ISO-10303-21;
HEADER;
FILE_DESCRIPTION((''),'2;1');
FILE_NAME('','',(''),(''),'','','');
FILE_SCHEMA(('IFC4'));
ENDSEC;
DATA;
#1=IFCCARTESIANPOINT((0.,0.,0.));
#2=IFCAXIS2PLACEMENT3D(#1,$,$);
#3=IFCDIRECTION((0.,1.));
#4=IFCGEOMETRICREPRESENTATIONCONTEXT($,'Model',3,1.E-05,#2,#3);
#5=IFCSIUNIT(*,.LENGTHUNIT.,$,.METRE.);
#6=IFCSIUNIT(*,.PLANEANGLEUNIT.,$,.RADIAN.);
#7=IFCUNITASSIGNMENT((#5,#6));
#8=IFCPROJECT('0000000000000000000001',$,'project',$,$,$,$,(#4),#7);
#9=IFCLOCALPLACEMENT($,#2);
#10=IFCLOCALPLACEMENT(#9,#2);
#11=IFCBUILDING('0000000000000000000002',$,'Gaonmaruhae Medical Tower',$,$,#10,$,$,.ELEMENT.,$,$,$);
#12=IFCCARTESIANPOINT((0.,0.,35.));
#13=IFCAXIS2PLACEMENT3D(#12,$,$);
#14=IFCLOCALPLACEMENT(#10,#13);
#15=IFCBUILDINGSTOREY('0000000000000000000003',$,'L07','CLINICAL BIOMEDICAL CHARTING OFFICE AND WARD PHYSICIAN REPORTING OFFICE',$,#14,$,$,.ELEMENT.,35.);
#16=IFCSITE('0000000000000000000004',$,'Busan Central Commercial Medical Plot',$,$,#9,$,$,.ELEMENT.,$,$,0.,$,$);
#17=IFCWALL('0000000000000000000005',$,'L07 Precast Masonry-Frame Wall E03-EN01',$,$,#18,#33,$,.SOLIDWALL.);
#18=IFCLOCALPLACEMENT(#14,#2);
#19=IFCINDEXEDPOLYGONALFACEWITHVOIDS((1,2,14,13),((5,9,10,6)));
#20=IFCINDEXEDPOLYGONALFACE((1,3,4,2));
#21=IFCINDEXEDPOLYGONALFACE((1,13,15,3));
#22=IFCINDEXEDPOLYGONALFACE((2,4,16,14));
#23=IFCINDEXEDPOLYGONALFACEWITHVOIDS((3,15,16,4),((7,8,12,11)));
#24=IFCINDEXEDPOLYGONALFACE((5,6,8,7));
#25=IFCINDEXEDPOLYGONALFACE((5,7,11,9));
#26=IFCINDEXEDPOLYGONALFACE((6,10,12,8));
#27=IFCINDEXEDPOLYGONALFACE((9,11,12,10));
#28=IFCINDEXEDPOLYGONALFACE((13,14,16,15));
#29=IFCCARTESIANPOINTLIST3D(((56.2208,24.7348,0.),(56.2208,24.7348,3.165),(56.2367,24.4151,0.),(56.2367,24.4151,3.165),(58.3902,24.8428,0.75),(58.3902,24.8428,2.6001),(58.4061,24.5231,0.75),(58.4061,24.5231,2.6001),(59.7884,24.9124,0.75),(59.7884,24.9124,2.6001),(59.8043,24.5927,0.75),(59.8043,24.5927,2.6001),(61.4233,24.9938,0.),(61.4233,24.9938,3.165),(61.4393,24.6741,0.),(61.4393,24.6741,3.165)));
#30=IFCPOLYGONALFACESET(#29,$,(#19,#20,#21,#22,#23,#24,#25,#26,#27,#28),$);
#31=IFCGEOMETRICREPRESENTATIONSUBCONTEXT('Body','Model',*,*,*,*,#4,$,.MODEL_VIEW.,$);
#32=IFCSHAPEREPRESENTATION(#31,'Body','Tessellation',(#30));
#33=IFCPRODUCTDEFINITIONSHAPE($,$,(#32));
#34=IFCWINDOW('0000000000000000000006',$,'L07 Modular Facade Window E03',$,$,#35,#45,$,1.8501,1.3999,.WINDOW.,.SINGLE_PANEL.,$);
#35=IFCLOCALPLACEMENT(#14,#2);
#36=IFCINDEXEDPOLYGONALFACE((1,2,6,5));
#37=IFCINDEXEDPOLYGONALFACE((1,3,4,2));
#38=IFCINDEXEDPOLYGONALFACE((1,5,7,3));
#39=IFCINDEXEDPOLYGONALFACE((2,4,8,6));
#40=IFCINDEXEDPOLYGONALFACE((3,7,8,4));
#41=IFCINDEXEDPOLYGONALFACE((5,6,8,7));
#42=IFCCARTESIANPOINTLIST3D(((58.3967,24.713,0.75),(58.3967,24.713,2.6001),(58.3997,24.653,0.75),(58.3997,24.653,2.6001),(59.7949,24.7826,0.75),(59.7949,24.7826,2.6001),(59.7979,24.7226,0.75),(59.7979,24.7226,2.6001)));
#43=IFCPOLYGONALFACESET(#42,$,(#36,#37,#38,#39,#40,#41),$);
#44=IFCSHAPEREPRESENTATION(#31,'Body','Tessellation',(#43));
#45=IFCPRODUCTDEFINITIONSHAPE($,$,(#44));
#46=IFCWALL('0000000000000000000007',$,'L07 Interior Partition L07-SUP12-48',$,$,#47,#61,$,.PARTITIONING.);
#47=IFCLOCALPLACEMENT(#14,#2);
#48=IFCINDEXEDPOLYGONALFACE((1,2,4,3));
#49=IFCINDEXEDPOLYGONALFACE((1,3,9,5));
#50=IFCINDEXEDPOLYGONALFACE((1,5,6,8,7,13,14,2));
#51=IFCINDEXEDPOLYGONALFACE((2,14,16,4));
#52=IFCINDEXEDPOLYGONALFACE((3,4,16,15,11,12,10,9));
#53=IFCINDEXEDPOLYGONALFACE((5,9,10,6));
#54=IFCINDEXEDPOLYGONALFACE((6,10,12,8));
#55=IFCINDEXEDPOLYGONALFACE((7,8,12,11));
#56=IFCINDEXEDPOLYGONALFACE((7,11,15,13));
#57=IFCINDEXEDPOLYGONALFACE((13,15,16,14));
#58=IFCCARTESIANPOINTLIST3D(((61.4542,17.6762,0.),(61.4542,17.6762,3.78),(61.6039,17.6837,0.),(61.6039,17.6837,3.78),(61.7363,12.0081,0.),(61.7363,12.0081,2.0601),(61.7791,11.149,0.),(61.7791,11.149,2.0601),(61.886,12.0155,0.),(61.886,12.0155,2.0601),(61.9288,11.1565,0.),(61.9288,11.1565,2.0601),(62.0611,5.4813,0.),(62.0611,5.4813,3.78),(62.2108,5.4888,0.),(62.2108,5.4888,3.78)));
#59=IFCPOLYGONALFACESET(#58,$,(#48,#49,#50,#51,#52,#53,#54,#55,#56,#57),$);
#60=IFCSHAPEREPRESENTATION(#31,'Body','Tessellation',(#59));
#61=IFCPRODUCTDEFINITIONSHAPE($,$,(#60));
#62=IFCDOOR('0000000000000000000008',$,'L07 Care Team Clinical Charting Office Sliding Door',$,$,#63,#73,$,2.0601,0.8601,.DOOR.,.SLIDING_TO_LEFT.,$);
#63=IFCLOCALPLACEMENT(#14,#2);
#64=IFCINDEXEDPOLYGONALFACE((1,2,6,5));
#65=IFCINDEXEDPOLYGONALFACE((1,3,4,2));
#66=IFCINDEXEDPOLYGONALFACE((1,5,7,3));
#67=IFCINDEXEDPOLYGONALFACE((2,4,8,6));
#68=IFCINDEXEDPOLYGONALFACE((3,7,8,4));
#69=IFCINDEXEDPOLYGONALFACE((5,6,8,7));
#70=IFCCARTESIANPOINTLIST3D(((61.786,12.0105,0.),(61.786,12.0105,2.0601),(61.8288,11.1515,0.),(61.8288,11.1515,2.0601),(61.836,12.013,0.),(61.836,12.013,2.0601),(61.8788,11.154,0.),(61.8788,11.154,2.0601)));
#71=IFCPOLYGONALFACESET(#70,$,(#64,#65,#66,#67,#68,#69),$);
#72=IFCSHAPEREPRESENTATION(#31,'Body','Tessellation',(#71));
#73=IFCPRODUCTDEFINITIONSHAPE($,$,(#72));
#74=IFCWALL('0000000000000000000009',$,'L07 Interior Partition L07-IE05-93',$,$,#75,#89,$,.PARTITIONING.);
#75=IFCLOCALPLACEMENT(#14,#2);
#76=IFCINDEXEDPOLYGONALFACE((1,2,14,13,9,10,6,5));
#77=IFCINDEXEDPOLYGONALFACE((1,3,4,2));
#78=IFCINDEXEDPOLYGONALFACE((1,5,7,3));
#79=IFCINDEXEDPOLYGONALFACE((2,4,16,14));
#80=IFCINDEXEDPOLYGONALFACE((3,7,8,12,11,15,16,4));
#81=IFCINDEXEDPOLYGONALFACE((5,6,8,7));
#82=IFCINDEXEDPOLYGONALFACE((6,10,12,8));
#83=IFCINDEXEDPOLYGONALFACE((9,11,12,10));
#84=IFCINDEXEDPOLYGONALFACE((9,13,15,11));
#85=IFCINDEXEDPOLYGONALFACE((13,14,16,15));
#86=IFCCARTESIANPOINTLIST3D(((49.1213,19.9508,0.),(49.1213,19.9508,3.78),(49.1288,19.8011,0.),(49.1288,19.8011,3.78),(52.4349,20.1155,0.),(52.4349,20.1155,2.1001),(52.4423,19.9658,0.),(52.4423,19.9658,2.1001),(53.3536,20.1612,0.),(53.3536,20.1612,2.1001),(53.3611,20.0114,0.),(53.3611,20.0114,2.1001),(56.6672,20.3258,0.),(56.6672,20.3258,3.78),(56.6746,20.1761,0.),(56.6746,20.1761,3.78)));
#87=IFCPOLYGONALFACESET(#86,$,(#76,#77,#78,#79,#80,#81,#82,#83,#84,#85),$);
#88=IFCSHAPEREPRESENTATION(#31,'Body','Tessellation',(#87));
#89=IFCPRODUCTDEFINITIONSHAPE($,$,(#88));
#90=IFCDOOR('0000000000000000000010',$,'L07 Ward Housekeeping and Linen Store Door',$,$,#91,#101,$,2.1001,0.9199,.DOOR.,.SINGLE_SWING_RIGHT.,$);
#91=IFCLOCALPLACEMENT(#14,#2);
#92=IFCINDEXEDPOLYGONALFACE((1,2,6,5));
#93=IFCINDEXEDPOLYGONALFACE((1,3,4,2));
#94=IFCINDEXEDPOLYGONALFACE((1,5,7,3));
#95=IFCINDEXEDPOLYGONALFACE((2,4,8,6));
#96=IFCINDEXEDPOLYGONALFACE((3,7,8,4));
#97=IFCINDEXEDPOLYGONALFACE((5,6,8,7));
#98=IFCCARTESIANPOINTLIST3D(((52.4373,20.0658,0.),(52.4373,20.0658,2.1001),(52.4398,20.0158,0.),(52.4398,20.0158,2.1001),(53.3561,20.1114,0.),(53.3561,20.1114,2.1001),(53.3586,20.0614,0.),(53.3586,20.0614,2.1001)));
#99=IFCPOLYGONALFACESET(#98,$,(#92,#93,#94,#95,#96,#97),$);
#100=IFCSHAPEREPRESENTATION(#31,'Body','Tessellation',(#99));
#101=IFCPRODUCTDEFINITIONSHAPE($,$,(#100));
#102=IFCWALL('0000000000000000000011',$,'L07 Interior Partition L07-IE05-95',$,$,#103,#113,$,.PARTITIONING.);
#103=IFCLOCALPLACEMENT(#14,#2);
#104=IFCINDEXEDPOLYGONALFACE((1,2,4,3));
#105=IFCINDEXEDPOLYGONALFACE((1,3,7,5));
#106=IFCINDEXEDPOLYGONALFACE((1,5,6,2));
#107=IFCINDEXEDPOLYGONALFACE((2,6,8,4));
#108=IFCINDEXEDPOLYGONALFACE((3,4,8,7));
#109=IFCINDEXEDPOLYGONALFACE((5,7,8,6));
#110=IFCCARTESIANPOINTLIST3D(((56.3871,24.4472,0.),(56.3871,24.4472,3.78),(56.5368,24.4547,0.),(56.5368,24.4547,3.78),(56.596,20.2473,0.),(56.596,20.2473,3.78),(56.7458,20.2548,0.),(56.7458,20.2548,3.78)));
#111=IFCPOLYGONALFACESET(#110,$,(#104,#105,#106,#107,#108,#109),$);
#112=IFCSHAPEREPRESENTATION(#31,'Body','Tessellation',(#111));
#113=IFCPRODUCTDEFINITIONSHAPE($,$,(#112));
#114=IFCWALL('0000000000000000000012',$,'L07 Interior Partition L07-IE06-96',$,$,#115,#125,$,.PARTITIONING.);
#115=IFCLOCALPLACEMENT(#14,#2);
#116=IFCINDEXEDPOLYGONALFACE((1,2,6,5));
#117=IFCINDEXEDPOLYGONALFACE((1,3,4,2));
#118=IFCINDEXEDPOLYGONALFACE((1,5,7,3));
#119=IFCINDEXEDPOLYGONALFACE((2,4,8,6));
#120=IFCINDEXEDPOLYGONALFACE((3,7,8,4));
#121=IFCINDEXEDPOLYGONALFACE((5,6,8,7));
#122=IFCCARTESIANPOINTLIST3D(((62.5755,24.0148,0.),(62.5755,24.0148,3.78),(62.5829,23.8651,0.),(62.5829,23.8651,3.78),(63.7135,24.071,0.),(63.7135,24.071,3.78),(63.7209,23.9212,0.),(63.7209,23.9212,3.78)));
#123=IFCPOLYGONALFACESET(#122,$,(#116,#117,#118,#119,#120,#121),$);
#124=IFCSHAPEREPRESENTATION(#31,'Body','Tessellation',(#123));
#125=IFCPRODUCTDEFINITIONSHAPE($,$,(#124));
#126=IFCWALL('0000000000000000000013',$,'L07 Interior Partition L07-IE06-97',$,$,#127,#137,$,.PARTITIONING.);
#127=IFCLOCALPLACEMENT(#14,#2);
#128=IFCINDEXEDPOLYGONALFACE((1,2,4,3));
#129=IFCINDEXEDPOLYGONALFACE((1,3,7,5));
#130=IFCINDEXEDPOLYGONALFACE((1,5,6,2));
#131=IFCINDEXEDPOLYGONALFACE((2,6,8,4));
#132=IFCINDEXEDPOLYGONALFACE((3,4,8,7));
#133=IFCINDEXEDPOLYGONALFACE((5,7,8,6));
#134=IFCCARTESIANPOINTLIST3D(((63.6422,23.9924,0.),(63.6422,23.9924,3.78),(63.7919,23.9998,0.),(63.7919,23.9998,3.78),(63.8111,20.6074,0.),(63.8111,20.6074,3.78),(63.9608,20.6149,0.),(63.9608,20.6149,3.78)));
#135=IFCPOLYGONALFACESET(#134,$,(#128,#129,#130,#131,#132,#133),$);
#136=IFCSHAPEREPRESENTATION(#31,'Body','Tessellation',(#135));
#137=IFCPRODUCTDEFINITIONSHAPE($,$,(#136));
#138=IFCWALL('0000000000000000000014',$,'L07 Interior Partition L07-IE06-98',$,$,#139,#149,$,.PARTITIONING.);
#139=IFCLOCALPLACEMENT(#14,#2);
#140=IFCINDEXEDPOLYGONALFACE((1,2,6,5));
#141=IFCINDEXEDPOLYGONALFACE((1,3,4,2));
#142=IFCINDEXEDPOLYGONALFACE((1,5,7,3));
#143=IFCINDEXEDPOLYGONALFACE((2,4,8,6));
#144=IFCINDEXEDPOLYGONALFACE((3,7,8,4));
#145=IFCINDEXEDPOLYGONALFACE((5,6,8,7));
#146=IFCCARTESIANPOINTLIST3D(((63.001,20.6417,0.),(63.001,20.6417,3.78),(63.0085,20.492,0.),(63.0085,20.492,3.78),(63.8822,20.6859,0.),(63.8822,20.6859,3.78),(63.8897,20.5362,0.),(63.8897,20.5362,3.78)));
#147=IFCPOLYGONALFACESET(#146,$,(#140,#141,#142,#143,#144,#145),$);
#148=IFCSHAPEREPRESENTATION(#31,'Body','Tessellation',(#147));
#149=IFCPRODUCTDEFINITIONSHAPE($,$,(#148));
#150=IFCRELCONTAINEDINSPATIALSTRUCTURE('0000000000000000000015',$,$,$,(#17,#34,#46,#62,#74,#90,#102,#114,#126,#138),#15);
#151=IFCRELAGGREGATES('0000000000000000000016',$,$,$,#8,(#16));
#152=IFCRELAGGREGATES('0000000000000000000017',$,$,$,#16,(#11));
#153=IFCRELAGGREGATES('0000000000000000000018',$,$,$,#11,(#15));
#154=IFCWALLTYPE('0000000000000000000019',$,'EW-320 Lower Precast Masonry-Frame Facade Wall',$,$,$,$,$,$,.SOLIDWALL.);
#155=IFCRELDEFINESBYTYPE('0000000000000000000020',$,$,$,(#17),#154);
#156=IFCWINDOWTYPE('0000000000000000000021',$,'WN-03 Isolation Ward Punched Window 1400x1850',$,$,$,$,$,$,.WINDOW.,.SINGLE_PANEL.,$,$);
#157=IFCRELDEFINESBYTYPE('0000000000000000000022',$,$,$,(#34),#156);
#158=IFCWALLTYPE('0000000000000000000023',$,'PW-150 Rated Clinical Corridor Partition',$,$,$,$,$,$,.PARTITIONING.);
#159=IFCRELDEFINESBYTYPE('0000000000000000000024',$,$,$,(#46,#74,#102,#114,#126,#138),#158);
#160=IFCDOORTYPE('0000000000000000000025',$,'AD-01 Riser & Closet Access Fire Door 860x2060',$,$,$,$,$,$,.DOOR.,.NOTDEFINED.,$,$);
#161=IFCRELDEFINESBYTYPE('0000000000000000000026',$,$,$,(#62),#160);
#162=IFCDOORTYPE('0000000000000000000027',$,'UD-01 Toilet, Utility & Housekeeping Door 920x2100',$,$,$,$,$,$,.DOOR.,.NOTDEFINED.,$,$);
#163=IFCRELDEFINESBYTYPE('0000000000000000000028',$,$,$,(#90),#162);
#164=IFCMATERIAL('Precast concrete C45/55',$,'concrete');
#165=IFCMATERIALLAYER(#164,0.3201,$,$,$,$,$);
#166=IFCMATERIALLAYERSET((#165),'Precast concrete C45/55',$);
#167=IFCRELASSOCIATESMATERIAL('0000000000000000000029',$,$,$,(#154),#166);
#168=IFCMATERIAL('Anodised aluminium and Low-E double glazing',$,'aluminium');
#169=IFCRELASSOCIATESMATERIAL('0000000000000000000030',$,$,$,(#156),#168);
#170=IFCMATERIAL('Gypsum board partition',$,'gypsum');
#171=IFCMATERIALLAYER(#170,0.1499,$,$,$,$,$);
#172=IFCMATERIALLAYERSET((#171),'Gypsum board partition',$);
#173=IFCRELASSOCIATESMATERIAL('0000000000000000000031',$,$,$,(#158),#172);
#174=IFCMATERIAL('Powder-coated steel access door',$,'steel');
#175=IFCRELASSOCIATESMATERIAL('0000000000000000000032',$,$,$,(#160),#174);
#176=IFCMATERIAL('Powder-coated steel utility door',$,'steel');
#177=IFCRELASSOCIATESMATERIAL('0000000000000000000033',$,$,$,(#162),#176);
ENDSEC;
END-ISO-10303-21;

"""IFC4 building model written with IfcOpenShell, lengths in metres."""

from ifc_helpers import new_model, si_unit, direction, frame, frame_2d, origin, place, context, subcontext, project, spatial, rectangle, extrude, material, layer, layer_set, type_object, element, fill, save


model = new_model("IFC4")

# Units and contexts
model_context = context("Model", 3, precision=1e-05, world=origin(), true_north=direction((0.0, 1.0)))
body_context = subcontext(model_context, "Body", "Model", "MODEL_VIEW")
ifc_project = project(units=[si_unit("LENGTHUNIT", "METRE"), si_unit("PLANEANGLEUNIT", "RADIAN")], contexts=[model_context])

# Site, building, storey
site_placement = place(None, origin())
site = spatial("IfcSite", under=ifc_project, at=site_placement, Name="Busan Central Commercial Medical Plot", CompositionType="ELEMENT", RefElevation=0.0)
building_placement = place(site_placement, origin())
building = spatial("IfcBuilding", under=site, at=building_placement, Name="Gaonmaruhae Medical Tower", CompositionType="ELEMENT")
storey_placement = place(building_placement, frame((0.0, 0.0, 35.0)))
storey = spatial("IfcBuildingStorey", under=building, at=storey_placement, Name="L07", Description="CLINICAL BIOMEDICAL CHARTING OFFICE AND WARD PHYSICIAN REPORTING OFFICE", CompositionType="ELEMENT", Elevation=35.0)

# Shared definitions
ifc_material_1 = material(Name="Precast concrete C45/55", Category="concrete")
ifc_layer_1 = layer(ifc_material_1, 0.3201)
ifc_layer_set_1 = layer_set([ifc_layer_1], Name="Precast concrete C45/55")
wall_type_1 = type_object("IfcWallType", Name="EW-320 Lower Precast Masonry-Frame Facade Wall", PredefinedType="SOLIDWALL", material=ifc_layer_set_1)

# Wall, opening, window
wall_1_placement = place(storey_placement, frame((56.2288, 24.575, 0.0), z_axis=(0.0, 0.0, 1.0), x_axis=(0.998763, 0.049727, 0.0)))
wall_1 = element("IfcWall", 1, at=wall_1_placement, inside=storey, type_object=wall_type_1, Name="L07 Precast Masonry-Frame Wall E03-EN01", PredefinedType="SOLIDWALL", context=body_context, shape_type="SweptSolid", body=[
    extrude(rectangle(XDim=5.209, YDim=0.3201, at=frame_2d((2.6045, 0.0))), origin(), (0.0, 0.0, 1.0), 3.165),
])
opening_1_placement = place(wall_1_placement, frame((2.1721, 0.0, 0.75)))
opening_1 = element("IfcOpeningElement", 2, at=opening_1_placement, cuts=wall_1, PredefinedType="OPENING", context=body_context, shape_type="SweptSolid", body=[
    extrude(rectangle(XDim=1.3999, YDim=1.8501, at=frame_2d((0.7, 0.925))), frame((0.0, 0.1699, 0.0), z_axis=(0.0, -1.0, 0.0), x_axis=(1.0, 0.0, 0.0)), (0.0, 0.0, 1.0), 0.3401),
])
ifc_material_2 = material(Name="Anodised aluminium and Low-E double glazing", Category="aluminium")
window_type = type_object("IfcWindowType", Name="WN-03 Isolation Ward Punched Window 1400x1850", PartitioningType="SINGLE_PANEL", PredefinedType="WINDOW", material=ifc_material_2)
window_placement = place(opening_1_placement, origin())
window = element("IfcWindow", 3, at=window_placement, inside=storey, type_object=window_type, Name="L07 Modular Facade Window E03", OverallHeight=1.8501, OverallWidth=1.3999, PartitioningType="SINGLE_PANEL", PredefinedType="WINDOW", context=body_context, shape_type="SweptSolid", body=[
    extrude(rectangle(XDim=1.3999, YDim=1.8501, at=frame_2d((0.7, 0.925))), frame((0.0, 0.03, 0.0), z_axis=(0.0, -1.0, 0.0), x_axis=(1.0, 0.0, 0.0)), (0.0, 0.0, 1.0), 0.0601),
])
fill(opening_1, window)

# Walls, openings, doors
ifc_material_3 = material(Name="Gypsum board partition", Category="gypsum")
ifc_layer_2 = layer(ifc_material_3, 0.1499)
ifc_layer_set_2 = layer_set([ifc_layer_2], Name="Gypsum board partition")
wall_type_2 = type_object("IfcWallType", Name="PW-150 Rated Clinical Corridor Partition", PredefinedType="PARTITIONING", material=ifc_layer_set_2)
wall_2_placement = place(storey_placement, frame((61.5291, 17.6799, 0.0), z_axis=(0.0, 0.0, 1.0), x_axis=(0.049708, -0.998764, 0.0)))
wall_2 = element("IfcWall", 4, at=wall_2_placement, inside=storey, type_object=wall_type_2, Name="L07 Interior Partition L07-SUP12-48", PredefinedType="PARTITIONING", context=body_context, shape_type="SweptSolid", body=[
    extrude(rectangle(XDim=12.21, YDim=0.1499, at=frame_2d((6.105, 0.0))), origin(), (0.0, 0.0, 1.0), 3.78),
])
opening_2_placement = place(wall_2_placement, frame((5.675, 0.0, 0.0)))
opening_2 = element("IfcOpeningElement", 5, at=opening_2_placement, cuts=wall_2, PredefinedType="OPENING", context=body_context, shape_type="SweptSolid", body=[
    extrude(rectangle(XDim=0.8601, YDim=2.0601, at=frame_2d((0.4302, 1.03))), frame((0.0, 0.085, 0.0), z_axis=(0.0, -1.0, 0.0), x_axis=(1.0, 0.0, 0.0)), (0.0, 0.0, 1.0), 0.1699),
])
ifc_material_4 = material(Name="Powder-coated steel access door", Category="steel")
door_type_1 = type_object("IfcDoorType", Name="AD-01 Riser & Closet Access Fire Door 860x2060", OperationType="NOTDEFINED", PredefinedType="DOOR", material=ifc_material_4)
door_1_placement = place(opening_2_placement, origin())
door_1 = element("IfcDoor", 6, at=door_1_placement, inside=storey, type_object=door_type_1, Name="L07 Care Team Clinical Charting Office Sliding Door", OperationType="SLIDING_TO_LEFT", OverallHeight=2.0601, OverallWidth=0.8601, PredefinedType="DOOR", context=body_context, shape_type="SweptSolid", body=[
    extrude(rectangle(XDim=0.8601, YDim=2.0601, at=frame_2d((0.4302, 1.03))), frame((0.0, 0.0249, 0.0), z_axis=(0.0, -1.0, 0.0), x_axis=(1.0, 0.0, 0.0)), (0.0, 0.0, 1.0), 0.05),
])
fill(opening_2, door_1)
wall_3_placement = place(storey_placement, frame((56.6709, 20.251, 0.0), z_axis=(0.0, 0.0, 1.0), x_axis=(-0.998767, -0.049635, 0.0)))
wall_3 = element("IfcWall", 7, at=wall_3_placement, inside=storey, type_object=wall_type_2, Name="L07 Interior Partition L07-IE05-93", PredefinedType="PARTITIONING", context=body_context, shape_type="SweptSolid", body=[
    extrude(rectangle(XDim=7.5552, YDim=0.1499, at=frame_2d((3.7776, 0.0))), origin(), (0.0, 0.0, 1.0), 3.78),
])
opening_3_placement = place(wall_3_placement, frame((3.3176, 0.0, 0.0)))
opening_3 = element("IfcOpeningElement", 8, at=opening_3_placement, cuts=wall_3, PredefinedType="OPENING", context=body_context, shape_type="SweptSolid", body=[
    extrude(rectangle(XDim=0.9199, YDim=2.1001, at=frame_2d((0.46, 1.05))), frame((0.0, 0.085, 0.0), z_axis=(0.0, -1.0, 0.0), x_axis=(1.0, 0.0, 0.0)), (0.0, 0.0, 1.0), 0.1699),
])
ifc_material_5 = material(Name="Powder-coated steel utility door", Category="steel")
door_type_2 = type_object("IfcDoorType", Name="UD-01 Toilet, Utility & Housekeeping Door 920x2100", OperationType="NOTDEFINED", PredefinedType="DOOR", material=ifc_material_5)
door_2_placement = place(opening_3_placement, origin())
door_2 = element("IfcDoor", 9, at=door_2_placement, inside=storey, type_object=door_type_2, Name="L07 Ward Housekeeping and Linen Store Door", OperationType="SINGLE_SWING_RIGHT", OverallHeight=2.1001, OverallWidth=0.9199, PredefinedType="DOOR", context=body_context, shape_type="SweptSolid", body=[
    extrude(rectangle(XDim=0.9199, YDim=2.1001, at=frame_2d((0.46, 1.05))), frame((0.0, 0.0249, 0.0), z_axis=(0.0, -1.0, 0.0), x_axis=(1.0, 0.0, 0.0)), (0.0, 0.0, 1.0), 0.05),
])
fill(opening_3, door_2)

# Walls
wall_4_placement = place(storey_placement, frame((56.4619, 24.4509, 0.0), z_axis=(0.0, 0.0, 1.0), x_axis=(0.049697, -0.998764, 0.0)))
element("IfcWall", 10, at=wall_4_placement, inside=storey, type_object=wall_type_2, Name="L07 Interior Partition L07-IE05-95", PredefinedType="PARTITIONING", context=body_context, shape_type="SweptSolid", body=[
    extrude(rectangle(XDim=4.2051, YDim=0.1499, at=frame_2d((2.1025, 0.0))), origin(), (0.0, 0.0, 1.0), 3.78),
])
wall_5_placement = place(storey_placement, frame((62.5791, 23.9399, 0.0), z_axis=(0.0, 0.0, 1.0), x_axis=(0.998785, 0.049286, 0.0)))
element("IfcWall", 11, at=wall_5_placement, inside=storey, type_object=wall_type_2, Name="L07 Interior Partition L07-IE06-96", PredefinedType="PARTITIONING", context=body_context, shape_type="SweptSolid", body=[
    extrude(rectangle(XDim=1.1394, YDim=0.1499, at=frame_2d((0.5698, 0.0))), origin(), (0.0, 0.0, 1.0), 3.78),
])
wall_6_placement = place(storey_placement, frame((63.717, 23.9961, 0.0), z_axis=(0.0, 0.0, 1.0), x_axis=(0.049848, -0.998757, 0.0)))
element("IfcWall", 12, at=wall_6_placement, inside=storey, type_object=wall_type_2, Name="L07 Interior Partition L07-IE06-97", PredefinedType="PARTITIONING", context=body_context, shape_type="SweptSolid", body=[
    extrude(rectangle(XDim=3.3892, YDim=0.1499, at=frame_2d((1.6946, 0.0))), origin(), (0.0, 0.0, 1.0), 3.78),
])
wall_7_placement = place(storey_placement, frame((63.886, 20.6111, 0.0), z_axis=(0.0, 0.0, 1.0), x_axis=(-0.998745, -0.050089, 0.0)))
element("IfcWall", 13, at=wall_7_placement, inside=storey, type_object=wall_type_2, Name="L07 Interior Partition L07-IE06-98", PredefinedType="PARTITIONING", context=body_context, shape_type="SweptSolid", body=[
    extrude(rectangle(XDim=0.8823, YDim=0.1499, at=frame_2d((0.4412, 0.0))), origin(), (0.0, 0.0, 1.0), 3.78),
])

save(model, "model.ifc")
